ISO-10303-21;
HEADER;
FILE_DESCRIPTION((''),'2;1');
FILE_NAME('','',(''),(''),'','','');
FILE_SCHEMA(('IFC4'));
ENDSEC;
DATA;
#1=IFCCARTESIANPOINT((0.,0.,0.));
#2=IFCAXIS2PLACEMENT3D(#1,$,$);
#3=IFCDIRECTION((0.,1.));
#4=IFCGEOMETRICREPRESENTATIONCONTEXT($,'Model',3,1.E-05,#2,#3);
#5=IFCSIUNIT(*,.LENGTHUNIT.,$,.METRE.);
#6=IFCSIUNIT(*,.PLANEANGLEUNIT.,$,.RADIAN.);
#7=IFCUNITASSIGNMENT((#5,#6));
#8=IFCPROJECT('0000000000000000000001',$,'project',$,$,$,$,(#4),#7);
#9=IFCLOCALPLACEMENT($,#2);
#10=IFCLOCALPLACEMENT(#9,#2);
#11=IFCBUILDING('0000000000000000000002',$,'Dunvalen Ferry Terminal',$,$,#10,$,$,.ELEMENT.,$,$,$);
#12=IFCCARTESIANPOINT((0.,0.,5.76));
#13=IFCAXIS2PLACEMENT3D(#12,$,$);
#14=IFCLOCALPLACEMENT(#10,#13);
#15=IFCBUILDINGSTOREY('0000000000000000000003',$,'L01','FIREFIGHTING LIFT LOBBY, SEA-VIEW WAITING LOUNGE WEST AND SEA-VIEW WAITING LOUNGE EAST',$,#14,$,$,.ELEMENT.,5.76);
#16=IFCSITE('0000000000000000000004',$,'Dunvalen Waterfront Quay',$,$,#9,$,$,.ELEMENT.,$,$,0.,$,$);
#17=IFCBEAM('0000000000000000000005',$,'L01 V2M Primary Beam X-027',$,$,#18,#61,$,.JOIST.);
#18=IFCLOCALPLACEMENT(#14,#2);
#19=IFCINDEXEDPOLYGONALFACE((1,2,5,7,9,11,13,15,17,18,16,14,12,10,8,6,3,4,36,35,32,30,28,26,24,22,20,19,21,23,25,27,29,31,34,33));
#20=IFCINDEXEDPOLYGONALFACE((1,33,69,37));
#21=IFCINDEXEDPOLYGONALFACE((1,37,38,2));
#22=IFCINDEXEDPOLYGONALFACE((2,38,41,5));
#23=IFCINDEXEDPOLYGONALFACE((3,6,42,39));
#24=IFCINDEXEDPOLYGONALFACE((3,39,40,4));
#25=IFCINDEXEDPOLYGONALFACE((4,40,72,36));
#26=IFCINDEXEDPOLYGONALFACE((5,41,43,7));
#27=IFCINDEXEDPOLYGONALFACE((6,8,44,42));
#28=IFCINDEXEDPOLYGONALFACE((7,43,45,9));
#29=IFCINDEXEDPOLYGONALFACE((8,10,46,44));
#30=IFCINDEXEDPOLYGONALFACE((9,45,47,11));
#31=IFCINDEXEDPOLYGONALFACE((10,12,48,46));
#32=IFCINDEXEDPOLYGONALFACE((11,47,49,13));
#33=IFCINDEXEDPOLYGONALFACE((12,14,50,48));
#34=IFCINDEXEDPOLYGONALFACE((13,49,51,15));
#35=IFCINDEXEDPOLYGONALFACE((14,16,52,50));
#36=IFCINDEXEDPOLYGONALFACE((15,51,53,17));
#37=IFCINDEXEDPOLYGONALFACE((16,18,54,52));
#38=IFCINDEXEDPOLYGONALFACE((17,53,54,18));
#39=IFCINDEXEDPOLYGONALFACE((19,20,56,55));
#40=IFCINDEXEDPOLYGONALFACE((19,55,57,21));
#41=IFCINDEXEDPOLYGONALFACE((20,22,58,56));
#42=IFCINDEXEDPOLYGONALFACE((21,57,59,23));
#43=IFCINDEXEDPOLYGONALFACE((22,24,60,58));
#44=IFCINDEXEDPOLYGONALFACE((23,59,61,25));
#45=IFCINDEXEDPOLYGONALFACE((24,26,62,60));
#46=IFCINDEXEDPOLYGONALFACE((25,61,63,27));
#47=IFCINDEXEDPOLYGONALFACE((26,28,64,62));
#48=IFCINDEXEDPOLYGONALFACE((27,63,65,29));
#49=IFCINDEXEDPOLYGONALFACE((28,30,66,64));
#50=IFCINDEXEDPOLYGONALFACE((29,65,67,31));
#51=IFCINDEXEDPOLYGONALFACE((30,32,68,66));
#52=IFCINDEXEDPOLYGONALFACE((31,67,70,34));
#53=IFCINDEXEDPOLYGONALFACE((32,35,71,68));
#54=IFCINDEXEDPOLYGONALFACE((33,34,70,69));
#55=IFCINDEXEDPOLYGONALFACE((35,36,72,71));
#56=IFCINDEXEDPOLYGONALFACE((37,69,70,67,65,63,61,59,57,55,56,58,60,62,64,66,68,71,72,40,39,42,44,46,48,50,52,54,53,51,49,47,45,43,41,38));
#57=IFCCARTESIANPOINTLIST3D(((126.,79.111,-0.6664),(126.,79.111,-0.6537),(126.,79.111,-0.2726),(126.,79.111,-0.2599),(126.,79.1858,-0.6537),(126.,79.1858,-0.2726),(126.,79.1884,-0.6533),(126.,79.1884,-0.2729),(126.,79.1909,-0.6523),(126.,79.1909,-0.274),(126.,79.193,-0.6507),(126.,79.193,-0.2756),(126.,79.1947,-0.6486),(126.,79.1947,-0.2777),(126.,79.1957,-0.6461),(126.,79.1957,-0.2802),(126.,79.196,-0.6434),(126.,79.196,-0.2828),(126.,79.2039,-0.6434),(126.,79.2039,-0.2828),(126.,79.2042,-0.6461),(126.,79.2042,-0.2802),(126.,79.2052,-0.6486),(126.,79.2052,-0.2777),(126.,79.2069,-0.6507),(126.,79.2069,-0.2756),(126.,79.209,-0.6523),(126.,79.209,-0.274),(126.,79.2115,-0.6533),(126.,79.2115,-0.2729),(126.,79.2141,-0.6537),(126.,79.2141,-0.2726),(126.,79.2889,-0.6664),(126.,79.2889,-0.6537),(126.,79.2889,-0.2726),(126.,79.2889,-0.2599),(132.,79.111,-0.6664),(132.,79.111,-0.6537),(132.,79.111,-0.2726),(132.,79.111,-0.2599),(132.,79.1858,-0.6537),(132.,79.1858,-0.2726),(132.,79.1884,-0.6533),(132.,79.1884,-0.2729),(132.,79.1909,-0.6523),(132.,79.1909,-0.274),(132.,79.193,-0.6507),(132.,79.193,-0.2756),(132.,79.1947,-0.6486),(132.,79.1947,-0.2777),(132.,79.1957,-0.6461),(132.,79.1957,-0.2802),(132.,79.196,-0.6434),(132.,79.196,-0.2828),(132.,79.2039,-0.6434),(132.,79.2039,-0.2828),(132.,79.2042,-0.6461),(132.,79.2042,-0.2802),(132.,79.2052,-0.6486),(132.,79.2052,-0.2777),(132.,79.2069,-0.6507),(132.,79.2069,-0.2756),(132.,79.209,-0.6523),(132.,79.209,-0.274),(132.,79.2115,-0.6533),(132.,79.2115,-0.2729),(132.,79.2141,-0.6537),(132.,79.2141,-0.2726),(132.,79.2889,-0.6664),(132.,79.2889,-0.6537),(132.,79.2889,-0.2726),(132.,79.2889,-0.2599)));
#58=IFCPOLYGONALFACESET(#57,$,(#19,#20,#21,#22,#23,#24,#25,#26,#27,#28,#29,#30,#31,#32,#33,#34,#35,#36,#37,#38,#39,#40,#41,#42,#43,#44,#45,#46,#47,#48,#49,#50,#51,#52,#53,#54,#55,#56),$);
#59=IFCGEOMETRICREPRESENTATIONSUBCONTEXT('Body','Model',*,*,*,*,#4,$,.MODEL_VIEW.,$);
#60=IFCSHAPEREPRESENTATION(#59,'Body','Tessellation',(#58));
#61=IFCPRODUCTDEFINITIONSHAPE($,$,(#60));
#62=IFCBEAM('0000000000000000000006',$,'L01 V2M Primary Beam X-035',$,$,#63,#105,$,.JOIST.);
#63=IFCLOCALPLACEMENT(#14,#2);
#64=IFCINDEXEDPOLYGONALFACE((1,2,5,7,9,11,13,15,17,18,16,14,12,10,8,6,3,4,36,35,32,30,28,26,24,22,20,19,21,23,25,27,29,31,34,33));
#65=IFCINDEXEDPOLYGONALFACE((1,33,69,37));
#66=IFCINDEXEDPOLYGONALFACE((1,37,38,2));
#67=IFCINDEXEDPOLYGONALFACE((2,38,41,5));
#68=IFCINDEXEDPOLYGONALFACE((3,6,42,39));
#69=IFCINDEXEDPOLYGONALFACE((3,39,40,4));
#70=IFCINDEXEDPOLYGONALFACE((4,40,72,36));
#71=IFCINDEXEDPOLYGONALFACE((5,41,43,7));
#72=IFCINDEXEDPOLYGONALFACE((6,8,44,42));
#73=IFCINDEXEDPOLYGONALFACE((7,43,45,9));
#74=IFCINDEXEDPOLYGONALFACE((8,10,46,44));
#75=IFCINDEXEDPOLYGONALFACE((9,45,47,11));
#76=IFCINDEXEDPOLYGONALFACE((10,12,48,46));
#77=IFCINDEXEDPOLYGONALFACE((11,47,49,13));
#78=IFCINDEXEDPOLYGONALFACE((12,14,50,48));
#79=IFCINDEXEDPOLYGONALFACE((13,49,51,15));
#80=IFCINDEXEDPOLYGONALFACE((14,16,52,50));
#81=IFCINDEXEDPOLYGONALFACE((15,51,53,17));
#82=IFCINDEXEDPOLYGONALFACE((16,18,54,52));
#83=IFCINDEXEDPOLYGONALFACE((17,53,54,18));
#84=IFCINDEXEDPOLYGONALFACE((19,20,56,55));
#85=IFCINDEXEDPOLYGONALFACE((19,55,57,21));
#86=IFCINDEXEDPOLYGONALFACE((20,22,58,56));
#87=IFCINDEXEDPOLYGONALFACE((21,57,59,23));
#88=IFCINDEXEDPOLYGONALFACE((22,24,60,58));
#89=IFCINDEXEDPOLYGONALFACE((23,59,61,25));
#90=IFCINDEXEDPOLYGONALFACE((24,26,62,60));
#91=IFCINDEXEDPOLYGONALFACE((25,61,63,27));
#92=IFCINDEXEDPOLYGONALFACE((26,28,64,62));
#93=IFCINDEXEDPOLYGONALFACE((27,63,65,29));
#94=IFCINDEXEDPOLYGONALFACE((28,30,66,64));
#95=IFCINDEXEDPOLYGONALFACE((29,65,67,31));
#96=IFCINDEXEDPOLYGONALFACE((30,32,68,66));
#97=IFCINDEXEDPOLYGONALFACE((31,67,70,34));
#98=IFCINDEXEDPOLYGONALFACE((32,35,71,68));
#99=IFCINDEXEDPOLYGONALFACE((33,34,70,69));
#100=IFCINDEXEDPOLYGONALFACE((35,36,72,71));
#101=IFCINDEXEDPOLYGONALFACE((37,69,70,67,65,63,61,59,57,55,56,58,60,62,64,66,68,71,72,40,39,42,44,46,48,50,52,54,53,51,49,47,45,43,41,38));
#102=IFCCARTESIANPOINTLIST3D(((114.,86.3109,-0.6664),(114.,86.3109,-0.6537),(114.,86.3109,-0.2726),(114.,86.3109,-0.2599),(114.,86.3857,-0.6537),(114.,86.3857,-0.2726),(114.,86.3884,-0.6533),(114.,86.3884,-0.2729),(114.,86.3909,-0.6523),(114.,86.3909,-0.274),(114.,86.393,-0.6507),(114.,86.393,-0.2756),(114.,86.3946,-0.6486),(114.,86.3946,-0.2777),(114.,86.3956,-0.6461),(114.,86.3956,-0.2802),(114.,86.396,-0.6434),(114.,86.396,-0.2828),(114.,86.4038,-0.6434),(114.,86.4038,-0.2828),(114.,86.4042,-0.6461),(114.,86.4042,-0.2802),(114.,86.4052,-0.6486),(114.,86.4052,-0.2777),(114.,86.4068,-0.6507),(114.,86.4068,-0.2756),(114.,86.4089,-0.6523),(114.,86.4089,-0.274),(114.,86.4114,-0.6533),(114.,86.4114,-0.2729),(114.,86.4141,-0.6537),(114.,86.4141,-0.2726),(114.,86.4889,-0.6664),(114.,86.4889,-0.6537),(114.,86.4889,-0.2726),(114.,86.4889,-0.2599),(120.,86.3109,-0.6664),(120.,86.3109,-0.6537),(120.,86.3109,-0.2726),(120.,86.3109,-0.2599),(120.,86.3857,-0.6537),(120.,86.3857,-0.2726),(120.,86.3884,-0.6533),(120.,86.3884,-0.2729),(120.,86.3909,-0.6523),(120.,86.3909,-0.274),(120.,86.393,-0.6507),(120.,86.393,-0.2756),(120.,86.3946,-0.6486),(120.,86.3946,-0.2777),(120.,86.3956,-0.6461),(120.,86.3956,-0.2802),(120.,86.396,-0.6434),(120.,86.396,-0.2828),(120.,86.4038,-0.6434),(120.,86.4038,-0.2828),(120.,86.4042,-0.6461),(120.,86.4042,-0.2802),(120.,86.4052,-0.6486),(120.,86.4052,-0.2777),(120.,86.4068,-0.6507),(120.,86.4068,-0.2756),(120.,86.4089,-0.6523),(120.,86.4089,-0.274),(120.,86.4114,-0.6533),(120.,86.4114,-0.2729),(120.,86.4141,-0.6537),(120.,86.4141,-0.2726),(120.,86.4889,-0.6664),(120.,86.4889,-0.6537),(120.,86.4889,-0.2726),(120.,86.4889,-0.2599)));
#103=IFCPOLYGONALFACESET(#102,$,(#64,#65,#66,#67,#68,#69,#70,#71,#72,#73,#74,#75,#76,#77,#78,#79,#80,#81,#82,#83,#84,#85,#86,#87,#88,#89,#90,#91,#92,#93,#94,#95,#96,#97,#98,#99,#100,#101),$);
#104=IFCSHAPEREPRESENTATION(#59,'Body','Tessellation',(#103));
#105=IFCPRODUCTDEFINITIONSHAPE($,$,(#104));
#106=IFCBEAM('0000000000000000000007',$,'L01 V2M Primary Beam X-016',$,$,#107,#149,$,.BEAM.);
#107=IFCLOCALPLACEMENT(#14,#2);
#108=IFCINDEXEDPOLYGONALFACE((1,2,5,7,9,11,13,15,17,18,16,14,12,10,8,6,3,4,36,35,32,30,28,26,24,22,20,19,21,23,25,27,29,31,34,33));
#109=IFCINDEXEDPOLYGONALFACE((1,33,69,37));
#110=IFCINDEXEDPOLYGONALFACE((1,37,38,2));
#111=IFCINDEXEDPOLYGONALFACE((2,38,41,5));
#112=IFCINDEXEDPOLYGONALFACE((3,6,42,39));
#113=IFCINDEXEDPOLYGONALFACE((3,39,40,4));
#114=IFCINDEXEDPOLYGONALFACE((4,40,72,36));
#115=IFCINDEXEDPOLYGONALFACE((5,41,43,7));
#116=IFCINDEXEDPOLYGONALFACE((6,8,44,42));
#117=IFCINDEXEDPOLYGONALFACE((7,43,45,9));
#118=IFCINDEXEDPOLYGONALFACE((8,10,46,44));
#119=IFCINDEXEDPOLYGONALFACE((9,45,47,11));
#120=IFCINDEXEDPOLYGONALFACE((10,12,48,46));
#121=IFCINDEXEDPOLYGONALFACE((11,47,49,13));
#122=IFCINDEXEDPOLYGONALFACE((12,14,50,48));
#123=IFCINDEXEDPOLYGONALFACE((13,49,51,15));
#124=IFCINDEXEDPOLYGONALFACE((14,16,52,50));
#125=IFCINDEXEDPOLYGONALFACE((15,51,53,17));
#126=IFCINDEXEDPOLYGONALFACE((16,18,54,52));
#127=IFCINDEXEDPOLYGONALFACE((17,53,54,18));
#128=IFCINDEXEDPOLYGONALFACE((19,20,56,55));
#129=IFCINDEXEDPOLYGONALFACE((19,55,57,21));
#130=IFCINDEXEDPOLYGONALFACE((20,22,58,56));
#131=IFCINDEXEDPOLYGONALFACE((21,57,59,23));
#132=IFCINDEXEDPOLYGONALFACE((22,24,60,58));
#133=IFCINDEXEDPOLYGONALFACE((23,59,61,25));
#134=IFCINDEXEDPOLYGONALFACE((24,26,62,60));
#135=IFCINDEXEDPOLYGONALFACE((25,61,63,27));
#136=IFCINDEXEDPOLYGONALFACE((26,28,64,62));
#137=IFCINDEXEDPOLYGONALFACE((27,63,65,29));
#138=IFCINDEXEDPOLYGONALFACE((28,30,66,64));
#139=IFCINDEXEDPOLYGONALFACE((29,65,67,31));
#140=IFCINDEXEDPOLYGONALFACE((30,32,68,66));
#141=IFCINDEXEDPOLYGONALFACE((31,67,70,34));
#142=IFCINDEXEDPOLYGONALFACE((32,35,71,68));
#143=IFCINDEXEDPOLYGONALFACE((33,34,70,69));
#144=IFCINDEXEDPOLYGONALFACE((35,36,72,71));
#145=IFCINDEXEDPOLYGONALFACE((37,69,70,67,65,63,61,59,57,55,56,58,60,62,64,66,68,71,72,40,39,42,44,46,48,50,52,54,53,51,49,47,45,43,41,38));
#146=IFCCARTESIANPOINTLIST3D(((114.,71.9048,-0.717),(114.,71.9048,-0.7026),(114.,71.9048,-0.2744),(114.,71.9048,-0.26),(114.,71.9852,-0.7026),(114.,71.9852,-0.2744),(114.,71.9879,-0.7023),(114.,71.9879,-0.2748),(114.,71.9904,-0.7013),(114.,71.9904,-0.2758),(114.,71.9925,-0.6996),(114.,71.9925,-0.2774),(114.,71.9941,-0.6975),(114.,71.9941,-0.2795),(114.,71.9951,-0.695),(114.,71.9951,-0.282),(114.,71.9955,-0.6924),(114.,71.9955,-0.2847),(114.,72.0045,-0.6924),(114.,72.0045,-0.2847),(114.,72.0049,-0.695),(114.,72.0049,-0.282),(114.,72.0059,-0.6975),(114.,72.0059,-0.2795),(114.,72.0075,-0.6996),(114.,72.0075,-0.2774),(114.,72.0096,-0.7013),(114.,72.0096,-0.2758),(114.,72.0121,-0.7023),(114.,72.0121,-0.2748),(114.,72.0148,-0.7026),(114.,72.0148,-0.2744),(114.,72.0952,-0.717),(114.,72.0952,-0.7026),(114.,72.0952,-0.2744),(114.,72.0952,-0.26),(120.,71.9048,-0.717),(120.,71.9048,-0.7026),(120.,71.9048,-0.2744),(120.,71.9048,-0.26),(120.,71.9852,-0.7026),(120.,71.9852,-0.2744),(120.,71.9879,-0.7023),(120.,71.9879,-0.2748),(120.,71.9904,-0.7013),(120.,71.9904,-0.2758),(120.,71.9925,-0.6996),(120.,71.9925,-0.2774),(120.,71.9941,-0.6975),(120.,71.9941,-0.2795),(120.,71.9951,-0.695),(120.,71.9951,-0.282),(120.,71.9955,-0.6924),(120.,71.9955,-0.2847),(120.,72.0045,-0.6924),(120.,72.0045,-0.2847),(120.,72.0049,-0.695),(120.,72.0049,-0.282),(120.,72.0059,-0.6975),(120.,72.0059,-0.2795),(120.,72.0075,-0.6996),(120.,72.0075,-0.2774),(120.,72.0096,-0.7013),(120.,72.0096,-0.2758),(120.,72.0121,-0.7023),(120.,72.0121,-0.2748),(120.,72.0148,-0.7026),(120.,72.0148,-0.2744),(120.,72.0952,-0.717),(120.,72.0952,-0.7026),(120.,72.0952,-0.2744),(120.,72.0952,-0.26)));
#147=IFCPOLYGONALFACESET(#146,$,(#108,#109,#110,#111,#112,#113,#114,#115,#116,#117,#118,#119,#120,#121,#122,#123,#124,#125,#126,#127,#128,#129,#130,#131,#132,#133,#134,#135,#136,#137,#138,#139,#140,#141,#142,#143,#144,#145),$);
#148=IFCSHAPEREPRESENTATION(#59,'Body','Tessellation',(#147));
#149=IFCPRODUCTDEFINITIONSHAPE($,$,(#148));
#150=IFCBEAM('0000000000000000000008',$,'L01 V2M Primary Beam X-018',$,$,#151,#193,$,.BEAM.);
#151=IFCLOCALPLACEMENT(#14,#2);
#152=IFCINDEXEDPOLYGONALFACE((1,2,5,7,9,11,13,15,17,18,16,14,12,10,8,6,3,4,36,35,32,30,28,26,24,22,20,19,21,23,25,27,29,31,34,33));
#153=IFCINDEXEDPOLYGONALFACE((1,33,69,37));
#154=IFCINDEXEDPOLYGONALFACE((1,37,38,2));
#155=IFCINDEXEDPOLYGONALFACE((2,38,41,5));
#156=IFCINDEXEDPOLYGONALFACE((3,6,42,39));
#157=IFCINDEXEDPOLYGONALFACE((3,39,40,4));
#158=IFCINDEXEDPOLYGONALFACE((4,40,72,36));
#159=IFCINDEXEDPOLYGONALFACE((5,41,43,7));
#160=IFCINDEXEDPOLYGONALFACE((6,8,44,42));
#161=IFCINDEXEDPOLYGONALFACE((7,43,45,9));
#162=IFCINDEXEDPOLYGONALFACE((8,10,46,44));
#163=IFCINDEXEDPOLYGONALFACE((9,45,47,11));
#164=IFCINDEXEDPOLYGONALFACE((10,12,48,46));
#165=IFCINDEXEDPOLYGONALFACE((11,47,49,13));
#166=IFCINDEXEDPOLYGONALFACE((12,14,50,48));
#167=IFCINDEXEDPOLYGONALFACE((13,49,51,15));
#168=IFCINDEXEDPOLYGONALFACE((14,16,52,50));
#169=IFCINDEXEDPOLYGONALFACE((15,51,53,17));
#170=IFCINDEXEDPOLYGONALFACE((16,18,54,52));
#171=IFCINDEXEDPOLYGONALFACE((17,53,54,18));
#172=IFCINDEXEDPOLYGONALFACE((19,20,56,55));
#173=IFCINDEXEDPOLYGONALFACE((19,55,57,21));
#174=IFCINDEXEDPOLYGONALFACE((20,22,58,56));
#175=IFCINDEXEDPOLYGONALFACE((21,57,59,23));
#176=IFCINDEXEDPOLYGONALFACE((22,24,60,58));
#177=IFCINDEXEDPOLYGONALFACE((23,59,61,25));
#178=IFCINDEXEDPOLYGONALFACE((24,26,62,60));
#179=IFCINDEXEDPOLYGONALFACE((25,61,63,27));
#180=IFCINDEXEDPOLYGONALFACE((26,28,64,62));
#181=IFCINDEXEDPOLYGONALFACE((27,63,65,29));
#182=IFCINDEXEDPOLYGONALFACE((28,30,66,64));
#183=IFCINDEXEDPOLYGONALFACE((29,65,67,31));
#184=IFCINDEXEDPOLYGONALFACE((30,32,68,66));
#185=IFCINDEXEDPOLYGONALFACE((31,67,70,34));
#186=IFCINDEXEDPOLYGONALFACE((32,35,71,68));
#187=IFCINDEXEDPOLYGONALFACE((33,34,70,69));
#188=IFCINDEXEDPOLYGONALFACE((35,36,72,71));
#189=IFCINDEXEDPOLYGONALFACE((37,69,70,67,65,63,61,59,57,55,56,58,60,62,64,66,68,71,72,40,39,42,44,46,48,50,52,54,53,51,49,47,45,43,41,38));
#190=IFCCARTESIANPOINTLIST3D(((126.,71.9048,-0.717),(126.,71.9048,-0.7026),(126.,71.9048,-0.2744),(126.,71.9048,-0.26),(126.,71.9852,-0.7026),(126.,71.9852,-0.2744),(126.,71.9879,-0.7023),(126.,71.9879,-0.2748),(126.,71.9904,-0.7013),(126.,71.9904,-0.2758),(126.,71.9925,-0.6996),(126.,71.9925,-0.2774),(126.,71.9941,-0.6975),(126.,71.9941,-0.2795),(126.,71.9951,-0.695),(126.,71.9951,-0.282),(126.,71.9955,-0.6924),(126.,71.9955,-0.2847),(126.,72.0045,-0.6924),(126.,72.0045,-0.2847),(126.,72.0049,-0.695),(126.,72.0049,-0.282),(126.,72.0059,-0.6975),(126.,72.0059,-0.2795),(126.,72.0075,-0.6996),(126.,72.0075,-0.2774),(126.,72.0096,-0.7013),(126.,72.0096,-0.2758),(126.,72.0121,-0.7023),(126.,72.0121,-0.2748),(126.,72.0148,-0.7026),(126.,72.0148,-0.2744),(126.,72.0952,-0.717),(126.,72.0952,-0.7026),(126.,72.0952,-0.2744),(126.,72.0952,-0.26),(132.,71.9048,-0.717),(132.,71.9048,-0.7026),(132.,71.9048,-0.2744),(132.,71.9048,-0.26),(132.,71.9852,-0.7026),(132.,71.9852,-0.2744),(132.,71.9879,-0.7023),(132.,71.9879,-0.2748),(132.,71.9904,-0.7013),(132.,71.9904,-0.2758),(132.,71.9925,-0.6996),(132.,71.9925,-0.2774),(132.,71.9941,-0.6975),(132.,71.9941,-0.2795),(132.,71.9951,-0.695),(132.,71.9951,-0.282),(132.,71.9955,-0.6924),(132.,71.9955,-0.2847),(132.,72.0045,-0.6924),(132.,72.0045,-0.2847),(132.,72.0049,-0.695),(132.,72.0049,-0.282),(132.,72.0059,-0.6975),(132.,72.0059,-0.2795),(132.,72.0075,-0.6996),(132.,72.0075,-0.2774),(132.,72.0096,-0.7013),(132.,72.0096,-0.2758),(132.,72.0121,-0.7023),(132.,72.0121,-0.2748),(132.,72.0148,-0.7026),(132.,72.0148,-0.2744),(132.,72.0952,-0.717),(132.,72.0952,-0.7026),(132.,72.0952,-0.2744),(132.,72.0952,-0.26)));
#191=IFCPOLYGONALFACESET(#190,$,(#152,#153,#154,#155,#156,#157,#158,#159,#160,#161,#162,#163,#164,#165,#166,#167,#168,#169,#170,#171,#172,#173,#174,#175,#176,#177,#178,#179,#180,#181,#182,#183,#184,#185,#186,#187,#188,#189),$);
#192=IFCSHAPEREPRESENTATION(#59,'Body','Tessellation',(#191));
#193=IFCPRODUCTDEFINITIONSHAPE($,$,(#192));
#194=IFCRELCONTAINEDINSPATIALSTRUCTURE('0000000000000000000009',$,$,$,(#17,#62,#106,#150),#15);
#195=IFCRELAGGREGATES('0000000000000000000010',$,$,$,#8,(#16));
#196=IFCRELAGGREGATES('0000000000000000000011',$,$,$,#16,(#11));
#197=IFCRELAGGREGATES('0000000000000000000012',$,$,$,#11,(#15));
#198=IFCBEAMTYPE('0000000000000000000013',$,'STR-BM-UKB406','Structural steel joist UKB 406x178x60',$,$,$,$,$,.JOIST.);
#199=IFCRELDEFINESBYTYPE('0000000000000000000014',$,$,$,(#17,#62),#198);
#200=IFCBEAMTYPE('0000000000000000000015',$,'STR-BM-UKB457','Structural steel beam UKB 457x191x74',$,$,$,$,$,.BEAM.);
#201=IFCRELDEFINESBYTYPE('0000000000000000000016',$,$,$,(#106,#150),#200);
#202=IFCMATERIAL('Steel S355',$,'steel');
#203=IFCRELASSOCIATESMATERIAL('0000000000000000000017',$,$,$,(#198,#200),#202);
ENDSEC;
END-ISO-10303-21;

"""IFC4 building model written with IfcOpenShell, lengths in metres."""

from ifc_helpers import new_model, si_unit, direction, frame, origin, origin_2d, place, context, subcontext, project, spatial, i_section, extrude, material, material_profile, profile_set, type_object, element, save


model = new_model("IFC4")

# Units and contexts
model_context = context("Model", 3, precision=1e-05, world=origin(), true_north=direction((0.0, 1.0)))
body_context = subcontext(model_context, "Body", "Model", "MODEL_VIEW")
ifc_project = project(units=[si_unit("LENGTHUNIT", "METRE"), si_unit("PLANEANGLEUNIT", "RADIAN")], contexts=[model_context])

# Site, building, storey
site_placement = place(None, origin())
site = spatial("IfcSite", under=ifc_project, at=site_placement, Name="Dunvalen Waterfront Quay", CompositionType="ELEMENT", RefElevation=0.0)
building_placement = place(site_placement, origin())
building = spatial("IfcBuilding", under=site, at=building_placement, Name="Dunvalen Ferry Terminal", CompositionType="ELEMENT")
storey_placement = place(building_placement, frame((0.0, 0.0, 5.76)))
storey = spatial("IfcBuildingStorey", under=building, at=storey_placement, Name="L01", Description="FIREFIGHTING LIFT LOBBY, SEA-VIEW WAITING LOUNGE WEST AND SEA-VIEW WAITING LOUNGE EAST", CompositionType="ELEMENT", Elevation=5.76)

# Beams
ifc_material_1 = material(Name="Steel S355", Category="steel")
ifc_material_profile_1 = material_profile(ifc_material_1, i_section(OverallWidth=0.178, OverallDepth=0.4065, WebThickness=0.0078, FlangeThickness=0.0127, FilletRadius=0.0103, at=origin_2d()), Name="Steel S355")
ifc_profile_set_1 = profile_set([ifc_material_profile_1], Name="Steel S355")
beam_type_1 = type_object("IfcBeamType", Name="STR-BM-UKB406", Description="Structural steel joist UKB 406x178x60", PredefinedType="JOIST", material=ifc_profile_set_1)
for number, where, z_axis, x_axis, name in (
    (1, (126.0, 79.2, -0.4631), (1.0, 0.0, 0.0), (0.0, 1.0, 0.0), "L01 V2M Primary Beam X-027"),
    (2, (114.0, 86.3999, -0.4631), (1.0, 0.0, 0.0), (0.0, 1.0, 0.0), "L01 V2M Primary Beam X-035"),
):
    element("IfcBeam", number, at=place(storey_placement, frame(where, z_axis=z_axis, x_axis=x_axis)), inside=storey, type_object=beam_type_1, Name=name, PredefinedType="JOIST", context=body_context, shape_type="SweptSolid", body=[
        extrude(i_section(OverallWidth=0.178, OverallDepth=0.4065, WebThickness=0.0078, FlangeThickness=0.0127, FilletRadius=0.0103, at=origin_2d()), origin(), (0.0, 0.0, 1.0), 6.0),
    ])
ifc_material_profile_2 = material_profile(ifc_material_1, i_section(OverallWidth=0.1904, OverallDepth=0.457, WebThickness=0.009, FlangeThickness=0.0144, FilletRadius=0.0103, at=origin_2d()), Name="Steel S355")
ifc_profile_set_2 = profile_set([ifc_material_profile_2], Name="Steel S355")
beam_type_2 = type_object("IfcBeamType", Name="STR-BM-UKB457", Description="Structural steel beam UKB 457x191x74", PredefinedType="BEAM", material=ifc_profile_set_2)
for number, where, z_axis, x_axis, name in (
    (3, (114.0, 72.0, -0.4885), (1.0, 0.0, 0.0), (0.0, 1.0, 0.0), "L01 V2M Primary Beam X-016"),
    (4, (126.0, 72.0, -0.4885), (1.0, 0.0, 0.0), (0.0, 1.0, 0.0), "L01 V2M Primary Beam X-018"),
):
    element("IfcBeam", number, at=place(storey_placement, frame(where, z_axis=z_axis, x_axis=x_axis)), inside=storey, type_object=beam_type_2, Name=name, PredefinedType="BEAM", context=body_context, shape_type="SweptSolid", body=[
        extrude(i_section(OverallWidth=0.1904, OverallDepth=0.457, WebThickness=0.009, FlangeThickness=0.0144, FilletRadius=0.0103, at=origin_2d()), origin(), (0.0, 0.0, 1.0), 6.0),
    ])

save(model, "model.ifc")
